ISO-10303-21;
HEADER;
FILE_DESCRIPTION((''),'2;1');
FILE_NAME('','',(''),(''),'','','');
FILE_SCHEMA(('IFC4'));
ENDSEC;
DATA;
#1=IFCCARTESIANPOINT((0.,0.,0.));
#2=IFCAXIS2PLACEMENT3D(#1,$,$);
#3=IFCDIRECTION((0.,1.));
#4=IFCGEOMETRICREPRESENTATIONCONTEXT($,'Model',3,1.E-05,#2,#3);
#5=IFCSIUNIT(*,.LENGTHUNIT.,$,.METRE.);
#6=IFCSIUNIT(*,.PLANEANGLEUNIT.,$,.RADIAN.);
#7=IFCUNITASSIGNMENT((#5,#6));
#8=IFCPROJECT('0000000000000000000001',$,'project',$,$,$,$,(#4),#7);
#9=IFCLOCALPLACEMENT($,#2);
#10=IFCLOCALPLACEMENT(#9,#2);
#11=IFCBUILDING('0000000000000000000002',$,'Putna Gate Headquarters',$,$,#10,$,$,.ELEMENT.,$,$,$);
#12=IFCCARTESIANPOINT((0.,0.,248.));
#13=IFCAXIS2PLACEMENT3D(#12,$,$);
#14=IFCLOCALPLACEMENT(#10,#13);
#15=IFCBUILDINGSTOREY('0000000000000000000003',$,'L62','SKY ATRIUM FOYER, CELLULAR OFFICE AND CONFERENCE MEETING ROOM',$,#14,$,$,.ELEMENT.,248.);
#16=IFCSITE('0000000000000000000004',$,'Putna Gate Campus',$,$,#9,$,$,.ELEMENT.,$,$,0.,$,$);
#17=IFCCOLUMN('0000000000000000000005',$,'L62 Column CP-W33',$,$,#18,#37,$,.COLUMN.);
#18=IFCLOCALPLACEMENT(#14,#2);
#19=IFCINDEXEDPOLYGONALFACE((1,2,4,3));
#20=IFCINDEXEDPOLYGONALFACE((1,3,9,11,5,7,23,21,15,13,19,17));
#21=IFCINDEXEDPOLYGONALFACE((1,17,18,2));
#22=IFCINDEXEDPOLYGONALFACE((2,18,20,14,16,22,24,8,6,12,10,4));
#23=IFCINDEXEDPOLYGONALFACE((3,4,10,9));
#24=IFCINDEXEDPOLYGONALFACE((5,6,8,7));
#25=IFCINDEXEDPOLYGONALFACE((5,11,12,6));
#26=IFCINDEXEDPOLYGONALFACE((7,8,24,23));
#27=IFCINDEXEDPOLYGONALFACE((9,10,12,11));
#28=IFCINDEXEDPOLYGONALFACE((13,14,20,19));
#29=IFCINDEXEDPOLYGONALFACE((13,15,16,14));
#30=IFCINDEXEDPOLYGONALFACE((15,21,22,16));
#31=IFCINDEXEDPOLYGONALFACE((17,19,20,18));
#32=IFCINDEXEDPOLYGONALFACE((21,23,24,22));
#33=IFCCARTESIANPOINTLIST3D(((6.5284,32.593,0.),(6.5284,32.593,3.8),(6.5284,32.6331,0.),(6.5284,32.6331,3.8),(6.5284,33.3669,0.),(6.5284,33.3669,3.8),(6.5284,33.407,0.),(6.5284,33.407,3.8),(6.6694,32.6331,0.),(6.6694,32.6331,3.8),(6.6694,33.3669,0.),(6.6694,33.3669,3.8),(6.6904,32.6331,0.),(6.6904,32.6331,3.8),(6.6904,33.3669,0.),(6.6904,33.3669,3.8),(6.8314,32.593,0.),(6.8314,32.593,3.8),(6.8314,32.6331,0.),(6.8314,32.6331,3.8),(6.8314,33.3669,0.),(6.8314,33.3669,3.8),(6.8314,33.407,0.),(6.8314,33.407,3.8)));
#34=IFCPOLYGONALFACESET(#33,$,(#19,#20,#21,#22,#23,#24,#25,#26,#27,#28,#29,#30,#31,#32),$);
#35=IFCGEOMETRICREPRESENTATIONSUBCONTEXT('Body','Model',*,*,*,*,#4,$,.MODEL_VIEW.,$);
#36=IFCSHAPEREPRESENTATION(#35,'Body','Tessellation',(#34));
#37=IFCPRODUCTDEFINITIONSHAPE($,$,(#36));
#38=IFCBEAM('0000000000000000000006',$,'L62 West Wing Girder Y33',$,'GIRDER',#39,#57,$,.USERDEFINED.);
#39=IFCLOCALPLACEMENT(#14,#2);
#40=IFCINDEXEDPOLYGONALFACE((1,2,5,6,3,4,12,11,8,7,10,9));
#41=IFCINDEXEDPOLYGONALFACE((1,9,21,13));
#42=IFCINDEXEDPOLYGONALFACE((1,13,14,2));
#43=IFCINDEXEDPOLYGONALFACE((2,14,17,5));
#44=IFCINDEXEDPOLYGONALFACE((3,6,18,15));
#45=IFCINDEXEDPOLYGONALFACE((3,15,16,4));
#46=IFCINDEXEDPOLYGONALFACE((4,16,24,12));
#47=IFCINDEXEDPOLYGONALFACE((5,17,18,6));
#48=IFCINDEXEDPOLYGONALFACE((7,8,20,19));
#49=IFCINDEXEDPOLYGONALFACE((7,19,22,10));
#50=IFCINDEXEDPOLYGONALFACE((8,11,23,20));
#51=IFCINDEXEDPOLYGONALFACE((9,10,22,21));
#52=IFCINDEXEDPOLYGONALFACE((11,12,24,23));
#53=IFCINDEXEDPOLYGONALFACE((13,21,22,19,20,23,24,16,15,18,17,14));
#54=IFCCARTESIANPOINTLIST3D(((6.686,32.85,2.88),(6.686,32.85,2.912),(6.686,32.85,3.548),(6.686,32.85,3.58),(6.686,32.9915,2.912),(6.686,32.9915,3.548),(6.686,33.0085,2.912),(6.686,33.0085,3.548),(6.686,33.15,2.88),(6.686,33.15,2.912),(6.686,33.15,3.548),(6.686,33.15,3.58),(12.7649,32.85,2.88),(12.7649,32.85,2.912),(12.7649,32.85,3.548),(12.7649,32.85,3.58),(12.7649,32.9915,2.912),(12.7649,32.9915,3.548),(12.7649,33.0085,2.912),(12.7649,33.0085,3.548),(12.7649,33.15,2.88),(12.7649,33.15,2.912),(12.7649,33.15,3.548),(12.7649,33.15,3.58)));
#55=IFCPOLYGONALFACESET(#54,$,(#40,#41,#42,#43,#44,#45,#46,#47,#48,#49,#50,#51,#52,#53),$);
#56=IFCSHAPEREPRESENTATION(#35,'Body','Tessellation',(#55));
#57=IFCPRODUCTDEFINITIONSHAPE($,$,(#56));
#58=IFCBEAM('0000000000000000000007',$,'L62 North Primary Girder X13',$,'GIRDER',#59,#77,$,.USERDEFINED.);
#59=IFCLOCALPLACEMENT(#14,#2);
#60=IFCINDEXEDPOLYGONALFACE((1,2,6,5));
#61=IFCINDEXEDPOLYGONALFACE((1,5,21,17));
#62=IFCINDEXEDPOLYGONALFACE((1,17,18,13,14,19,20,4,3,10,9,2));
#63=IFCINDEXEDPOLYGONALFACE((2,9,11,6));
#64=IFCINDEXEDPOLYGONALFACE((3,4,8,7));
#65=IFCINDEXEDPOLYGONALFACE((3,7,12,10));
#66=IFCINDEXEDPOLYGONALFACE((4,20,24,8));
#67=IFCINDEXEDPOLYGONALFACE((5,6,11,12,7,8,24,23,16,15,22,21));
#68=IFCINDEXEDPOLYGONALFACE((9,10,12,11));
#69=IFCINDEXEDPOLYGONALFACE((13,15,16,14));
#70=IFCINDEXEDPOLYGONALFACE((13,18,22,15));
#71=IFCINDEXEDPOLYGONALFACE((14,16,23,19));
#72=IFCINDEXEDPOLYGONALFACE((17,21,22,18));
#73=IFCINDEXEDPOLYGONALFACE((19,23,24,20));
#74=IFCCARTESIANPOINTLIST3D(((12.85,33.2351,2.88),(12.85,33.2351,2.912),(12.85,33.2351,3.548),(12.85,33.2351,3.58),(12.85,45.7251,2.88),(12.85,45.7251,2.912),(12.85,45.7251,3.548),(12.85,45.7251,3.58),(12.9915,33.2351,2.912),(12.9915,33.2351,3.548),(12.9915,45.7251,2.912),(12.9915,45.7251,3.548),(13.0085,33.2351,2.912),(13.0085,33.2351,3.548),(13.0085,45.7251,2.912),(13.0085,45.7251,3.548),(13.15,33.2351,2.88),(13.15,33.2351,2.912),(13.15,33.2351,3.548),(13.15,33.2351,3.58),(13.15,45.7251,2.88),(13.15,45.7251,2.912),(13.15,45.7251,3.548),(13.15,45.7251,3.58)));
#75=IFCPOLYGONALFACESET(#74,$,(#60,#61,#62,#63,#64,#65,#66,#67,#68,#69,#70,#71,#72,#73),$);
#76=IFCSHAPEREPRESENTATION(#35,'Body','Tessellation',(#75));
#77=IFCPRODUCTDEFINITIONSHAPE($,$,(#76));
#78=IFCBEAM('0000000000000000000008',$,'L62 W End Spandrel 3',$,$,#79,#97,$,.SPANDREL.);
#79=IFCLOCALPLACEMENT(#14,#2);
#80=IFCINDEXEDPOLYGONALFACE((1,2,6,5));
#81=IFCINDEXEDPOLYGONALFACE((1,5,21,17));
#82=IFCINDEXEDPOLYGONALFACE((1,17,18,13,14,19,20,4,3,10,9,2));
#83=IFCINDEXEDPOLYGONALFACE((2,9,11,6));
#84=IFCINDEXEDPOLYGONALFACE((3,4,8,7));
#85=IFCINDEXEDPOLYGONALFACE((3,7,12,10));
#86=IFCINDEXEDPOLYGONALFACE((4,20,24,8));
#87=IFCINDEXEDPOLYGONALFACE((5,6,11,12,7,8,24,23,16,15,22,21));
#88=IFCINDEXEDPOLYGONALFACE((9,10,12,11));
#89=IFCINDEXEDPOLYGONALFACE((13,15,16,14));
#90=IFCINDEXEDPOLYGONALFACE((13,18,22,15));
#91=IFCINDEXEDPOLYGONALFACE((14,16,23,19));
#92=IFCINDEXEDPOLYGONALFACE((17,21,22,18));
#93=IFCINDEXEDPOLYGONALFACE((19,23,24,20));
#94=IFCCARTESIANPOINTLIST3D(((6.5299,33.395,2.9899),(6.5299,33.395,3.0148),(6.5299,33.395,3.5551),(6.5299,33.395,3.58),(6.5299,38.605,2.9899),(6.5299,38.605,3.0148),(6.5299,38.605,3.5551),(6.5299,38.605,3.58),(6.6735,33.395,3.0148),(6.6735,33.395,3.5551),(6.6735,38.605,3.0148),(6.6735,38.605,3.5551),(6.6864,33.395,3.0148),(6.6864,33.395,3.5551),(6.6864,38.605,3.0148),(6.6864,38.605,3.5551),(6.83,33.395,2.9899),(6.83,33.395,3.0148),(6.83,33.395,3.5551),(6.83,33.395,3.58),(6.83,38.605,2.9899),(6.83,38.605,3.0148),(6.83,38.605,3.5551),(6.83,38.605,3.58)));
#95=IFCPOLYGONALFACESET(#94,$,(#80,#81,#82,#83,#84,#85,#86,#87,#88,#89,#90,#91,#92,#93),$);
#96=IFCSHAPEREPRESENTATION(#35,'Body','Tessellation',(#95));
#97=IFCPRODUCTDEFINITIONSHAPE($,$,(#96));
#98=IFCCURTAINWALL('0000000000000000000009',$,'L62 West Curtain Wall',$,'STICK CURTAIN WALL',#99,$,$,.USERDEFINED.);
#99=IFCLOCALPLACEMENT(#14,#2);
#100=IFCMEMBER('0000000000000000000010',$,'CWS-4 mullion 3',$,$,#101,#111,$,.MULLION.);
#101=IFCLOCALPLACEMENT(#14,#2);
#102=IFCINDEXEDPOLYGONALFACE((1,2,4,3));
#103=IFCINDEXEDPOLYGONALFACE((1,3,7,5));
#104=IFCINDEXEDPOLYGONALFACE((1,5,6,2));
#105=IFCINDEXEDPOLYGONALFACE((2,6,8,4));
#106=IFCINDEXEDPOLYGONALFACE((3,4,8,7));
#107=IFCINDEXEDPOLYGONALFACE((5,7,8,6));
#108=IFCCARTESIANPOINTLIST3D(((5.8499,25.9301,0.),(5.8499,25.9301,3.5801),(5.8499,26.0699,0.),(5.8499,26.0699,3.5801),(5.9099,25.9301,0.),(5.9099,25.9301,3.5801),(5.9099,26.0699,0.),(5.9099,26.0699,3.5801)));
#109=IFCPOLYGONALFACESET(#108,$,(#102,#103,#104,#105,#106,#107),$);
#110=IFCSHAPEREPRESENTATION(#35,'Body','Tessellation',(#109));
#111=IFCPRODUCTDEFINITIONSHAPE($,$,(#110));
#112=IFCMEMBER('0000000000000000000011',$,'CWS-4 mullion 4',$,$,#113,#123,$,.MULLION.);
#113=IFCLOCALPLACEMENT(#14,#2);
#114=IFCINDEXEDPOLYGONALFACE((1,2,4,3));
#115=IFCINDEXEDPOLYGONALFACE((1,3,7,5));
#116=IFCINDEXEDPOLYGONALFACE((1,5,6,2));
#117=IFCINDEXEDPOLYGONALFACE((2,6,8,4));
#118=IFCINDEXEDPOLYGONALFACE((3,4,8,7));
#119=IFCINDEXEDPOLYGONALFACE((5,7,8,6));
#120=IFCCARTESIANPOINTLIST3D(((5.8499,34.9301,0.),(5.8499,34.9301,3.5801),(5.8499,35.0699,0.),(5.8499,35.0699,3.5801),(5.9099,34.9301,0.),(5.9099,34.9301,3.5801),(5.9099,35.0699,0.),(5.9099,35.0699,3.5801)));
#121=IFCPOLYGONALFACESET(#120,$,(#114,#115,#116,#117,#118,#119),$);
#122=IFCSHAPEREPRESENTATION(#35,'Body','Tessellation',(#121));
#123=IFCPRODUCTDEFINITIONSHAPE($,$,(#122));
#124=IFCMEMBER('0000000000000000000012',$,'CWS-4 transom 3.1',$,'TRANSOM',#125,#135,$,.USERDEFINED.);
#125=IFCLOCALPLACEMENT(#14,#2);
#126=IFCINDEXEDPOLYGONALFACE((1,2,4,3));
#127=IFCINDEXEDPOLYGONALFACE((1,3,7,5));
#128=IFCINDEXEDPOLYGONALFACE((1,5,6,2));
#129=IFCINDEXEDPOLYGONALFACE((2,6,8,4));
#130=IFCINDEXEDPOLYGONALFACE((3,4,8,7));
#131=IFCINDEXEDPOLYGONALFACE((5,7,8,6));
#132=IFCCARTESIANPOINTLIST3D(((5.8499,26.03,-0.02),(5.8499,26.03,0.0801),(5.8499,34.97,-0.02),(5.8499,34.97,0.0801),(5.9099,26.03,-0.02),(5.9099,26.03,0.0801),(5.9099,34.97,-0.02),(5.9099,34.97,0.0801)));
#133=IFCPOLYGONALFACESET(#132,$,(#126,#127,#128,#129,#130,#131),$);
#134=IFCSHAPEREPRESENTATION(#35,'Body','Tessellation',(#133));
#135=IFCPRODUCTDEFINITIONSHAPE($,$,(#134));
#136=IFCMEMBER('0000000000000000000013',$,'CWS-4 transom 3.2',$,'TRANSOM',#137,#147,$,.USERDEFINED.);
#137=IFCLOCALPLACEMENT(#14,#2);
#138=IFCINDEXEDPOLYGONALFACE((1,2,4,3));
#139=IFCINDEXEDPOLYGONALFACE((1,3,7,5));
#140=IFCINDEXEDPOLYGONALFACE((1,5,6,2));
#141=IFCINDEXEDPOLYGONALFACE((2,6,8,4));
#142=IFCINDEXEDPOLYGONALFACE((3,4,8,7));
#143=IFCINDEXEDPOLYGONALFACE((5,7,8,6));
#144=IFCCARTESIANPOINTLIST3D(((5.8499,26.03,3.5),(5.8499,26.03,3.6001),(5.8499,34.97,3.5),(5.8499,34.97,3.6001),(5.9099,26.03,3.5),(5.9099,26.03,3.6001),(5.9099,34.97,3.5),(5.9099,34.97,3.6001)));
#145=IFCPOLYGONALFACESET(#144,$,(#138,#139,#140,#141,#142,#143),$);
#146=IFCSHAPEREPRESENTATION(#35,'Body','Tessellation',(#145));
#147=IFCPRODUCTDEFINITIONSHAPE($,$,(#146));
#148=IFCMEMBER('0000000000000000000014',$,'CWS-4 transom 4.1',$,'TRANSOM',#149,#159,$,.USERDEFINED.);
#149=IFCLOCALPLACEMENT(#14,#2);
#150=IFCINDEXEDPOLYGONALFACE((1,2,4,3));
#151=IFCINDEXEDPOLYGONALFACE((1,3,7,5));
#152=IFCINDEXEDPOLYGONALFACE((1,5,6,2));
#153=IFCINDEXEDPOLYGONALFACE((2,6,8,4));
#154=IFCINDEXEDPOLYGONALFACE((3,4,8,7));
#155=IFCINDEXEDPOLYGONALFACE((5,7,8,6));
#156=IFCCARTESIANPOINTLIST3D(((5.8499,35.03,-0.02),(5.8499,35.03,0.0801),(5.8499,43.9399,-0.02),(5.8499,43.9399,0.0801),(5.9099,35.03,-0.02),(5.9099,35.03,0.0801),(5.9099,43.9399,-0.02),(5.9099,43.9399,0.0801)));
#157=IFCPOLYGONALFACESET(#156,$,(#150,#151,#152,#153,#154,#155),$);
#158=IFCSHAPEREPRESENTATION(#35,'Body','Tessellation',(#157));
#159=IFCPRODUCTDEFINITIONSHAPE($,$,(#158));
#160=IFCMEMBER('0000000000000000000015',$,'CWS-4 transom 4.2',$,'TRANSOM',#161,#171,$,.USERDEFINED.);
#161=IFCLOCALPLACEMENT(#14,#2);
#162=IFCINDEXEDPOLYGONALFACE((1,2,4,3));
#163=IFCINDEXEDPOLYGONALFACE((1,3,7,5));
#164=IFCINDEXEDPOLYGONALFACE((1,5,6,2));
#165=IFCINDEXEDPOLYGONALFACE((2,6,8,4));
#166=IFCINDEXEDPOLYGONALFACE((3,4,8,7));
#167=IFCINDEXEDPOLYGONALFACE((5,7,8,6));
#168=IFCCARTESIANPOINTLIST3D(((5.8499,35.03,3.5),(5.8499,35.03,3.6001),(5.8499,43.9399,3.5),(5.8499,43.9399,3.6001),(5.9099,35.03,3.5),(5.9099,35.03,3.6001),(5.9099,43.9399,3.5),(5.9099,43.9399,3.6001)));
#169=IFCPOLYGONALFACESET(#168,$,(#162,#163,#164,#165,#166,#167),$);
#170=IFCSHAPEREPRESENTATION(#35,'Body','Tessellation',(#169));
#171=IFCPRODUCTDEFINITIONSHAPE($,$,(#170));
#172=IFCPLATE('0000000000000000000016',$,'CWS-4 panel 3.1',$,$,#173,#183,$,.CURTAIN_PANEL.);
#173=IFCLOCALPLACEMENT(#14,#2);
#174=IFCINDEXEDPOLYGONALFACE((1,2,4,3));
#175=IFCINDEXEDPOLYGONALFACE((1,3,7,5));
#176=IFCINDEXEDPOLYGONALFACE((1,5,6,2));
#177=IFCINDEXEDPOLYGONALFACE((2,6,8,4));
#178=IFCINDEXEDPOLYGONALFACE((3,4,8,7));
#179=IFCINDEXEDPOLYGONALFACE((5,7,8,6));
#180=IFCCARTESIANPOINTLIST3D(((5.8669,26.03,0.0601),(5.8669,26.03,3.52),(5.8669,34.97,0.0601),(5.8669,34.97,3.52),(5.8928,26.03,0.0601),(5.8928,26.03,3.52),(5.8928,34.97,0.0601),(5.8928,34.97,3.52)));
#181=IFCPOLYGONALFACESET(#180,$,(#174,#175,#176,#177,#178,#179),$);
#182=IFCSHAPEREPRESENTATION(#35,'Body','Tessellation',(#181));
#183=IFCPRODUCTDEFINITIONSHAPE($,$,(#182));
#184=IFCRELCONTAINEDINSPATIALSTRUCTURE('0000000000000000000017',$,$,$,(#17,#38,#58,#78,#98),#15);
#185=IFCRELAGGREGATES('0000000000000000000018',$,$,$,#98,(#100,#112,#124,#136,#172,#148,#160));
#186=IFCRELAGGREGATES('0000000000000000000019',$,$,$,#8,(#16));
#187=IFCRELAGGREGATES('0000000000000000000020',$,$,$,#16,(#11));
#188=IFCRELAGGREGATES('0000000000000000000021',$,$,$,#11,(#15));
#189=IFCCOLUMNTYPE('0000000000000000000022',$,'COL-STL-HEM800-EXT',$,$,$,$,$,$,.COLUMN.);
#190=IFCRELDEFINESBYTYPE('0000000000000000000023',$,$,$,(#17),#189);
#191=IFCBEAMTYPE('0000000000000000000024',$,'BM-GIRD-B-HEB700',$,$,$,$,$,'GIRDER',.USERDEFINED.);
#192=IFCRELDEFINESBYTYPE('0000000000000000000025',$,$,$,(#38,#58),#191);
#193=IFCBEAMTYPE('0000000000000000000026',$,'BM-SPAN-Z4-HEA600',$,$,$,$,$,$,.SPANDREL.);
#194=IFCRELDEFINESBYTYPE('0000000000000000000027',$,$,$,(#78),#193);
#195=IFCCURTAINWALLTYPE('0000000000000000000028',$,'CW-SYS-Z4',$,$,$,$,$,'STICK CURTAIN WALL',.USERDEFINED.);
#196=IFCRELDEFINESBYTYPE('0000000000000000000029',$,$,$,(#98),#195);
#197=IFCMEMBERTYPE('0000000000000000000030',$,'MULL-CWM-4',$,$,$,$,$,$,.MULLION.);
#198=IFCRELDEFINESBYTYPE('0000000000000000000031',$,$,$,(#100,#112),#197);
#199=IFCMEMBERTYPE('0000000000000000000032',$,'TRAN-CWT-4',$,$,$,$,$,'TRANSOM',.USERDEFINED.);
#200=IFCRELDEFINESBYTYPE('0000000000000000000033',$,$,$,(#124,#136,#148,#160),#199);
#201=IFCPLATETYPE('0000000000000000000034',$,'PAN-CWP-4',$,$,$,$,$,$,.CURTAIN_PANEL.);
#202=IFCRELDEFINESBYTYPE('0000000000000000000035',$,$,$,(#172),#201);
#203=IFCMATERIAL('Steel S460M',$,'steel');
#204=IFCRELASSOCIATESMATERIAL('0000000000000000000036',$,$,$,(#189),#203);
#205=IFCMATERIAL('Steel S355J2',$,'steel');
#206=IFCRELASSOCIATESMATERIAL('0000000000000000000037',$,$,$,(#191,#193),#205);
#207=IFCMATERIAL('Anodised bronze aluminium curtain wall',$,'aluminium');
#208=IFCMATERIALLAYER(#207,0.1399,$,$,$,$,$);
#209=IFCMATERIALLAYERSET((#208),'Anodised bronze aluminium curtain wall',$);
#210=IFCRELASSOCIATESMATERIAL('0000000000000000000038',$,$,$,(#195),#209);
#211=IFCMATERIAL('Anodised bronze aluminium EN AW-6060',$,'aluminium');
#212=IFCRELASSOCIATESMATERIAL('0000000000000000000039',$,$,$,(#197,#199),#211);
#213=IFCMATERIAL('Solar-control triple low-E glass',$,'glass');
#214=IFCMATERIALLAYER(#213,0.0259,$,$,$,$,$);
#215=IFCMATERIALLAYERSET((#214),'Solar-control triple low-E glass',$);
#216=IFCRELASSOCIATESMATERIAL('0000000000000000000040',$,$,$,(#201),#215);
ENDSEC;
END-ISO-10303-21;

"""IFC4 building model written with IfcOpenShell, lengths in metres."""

from ifc_helpers import new_model, si_unit, direction, frame, origin, origin_2d, place, context, subcontext, project, spatial, rectangle, i_section, extrude, material, layer, layer_set, material_profile, profile_set, type_object, element, aggregate, save


model = new_model("IFC4")

# Units and contexts
model_context = context("Model", 3, precision=1e-05, world=origin(), true_north=direction((0.0, 1.0)))
body_context = subcontext(model_context, "Body", "Model", "MODEL_VIEW")
ifc_project = project(units=[si_unit("LENGTHUNIT", "METRE"), si_unit("PLANEANGLEUNIT", "RADIAN")], contexts=[model_context])

# Site, building, storey
site_placement = place(None, origin())
site = spatial("IfcSite", under=ifc_project, at=site_placement, Name="Putna Gate Campus", CompositionType="ELEMENT", RefElevation=0.0)
building_placement = place(site_placement, origin())
building = spatial("IfcBuilding", under=site, at=building_placement, Name="Putna Gate Headquarters", CompositionType="ELEMENT")
storey_placement = place(building_placement, frame((0.0, 0.0, 248.0)))
storey = spatial("IfcBuildingStorey", under=building, at=storey_placement, Name="L62", Description="SKY ATRIUM FOYER, CELLULAR OFFICE AND CONFERENCE MEETING ROOM", CompositionType="ELEMENT", Elevation=248.0)

# Column
ifc_material_1 = material(Name="Steel S460M", Category="steel")
ifc_material_profile_1 = material_profile(ifc_material_1, i_section(OverallWidth=0.303, OverallDepth=0.814, WebThickness=0.021, FlangeThickness=0.04, at=origin_2d()), Name="Steel S460M")
ifc_profile_set_1 = profile_set([ifc_material_profile_1], Name="Steel S460M")
column_type = type_object("IfcColumnType", Name="COL-STL-HEM800-EXT", PredefinedType="COLUMN", material=ifc_profile_set_1)
column_placement = place(storey_placement, frame((6.6799, 33.0, 0.0), z_axis=(0.0, 0.0, 1.0), x_axis=(1.0, 0.0, 0.0)))
element("IfcColumn", 1, at=column_placement, inside=storey, type_object=column_type, Name="L62 Column CP-W33", PredefinedType="COLUMN", context=body_context, shape_type="SweptSolid", body=[
    extrude(i_section(OverallWidth=0.303, OverallDepth=0.814, WebThickness=0.021, FlangeThickness=0.04, at=origin_2d()), origin(), (0.0, 0.0, 1.0), 3.8),
])

# Beams
ifc_material_2 = material(Name="Steel S355J2", Category="steel")
ifc_material_profile_2 = material_profile(ifc_material_2, i_section(OverallWidth=0.3, OverallDepth=0.7, WebThickness=0.0171, FlangeThickness=0.032, at=origin_2d()), Name="Steel S355J2")
ifc_profile_set_2 = profile_set([ifc_material_profile_2], Name="Steel S355J2")
beam_type_1 = type_object("IfcBeamType", Name="BM-GIRD-B-HEB700", ElementType="GIRDER", PredefinedType="USERDEFINED", material=ifc_profile_set_2)
beam_1_placement = place(storey_placement, frame((6.686, 33.0, 3.23), z_axis=(1.0, 0.0, 0.0), x_axis=(0.0, 1.0, 0.0)))
element("IfcBeam", 2, at=beam_1_placement, inside=storey, type_object=beam_type_1, Name="L62 West Wing Girder Y33", ObjectType="GIRDER", PredefinedType="USERDEFINED", context=body_context, shape_type="SweptSolid", body=[
    extrude(i_section(OverallWidth=0.3, OverallDepth=0.7, WebThickness=0.0171, FlangeThickness=0.032, at=origin_2d()), origin(), (0.0, 0.0, 1.0), 6.0789),
])
beam_2_placement = place(storey_placement, frame((13.0, 33.2351, 3.23), z_axis=(0.0, 1.0, 0.0), x_axis=(-1.0, 0.0, 0.0)))
element("IfcBeam", 3, at=beam_2_placement, inside=storey, type_object=beam_type_1, Name="L62 North Primary Girder X13", ObjectType="GIRDER", PredefinedType="USERDEFINED", context=body_context, shape_type="SweptSolid", body=[
    extrude(i_section(OverallWidth=0.3, OverallDepth=0.7, WebThickness=0.0171, FlangeThickness=0.032, at=origin_2d()), origin(), (0.0, 0.0, 1.0), 12.49),
])
ifc_material_profile_3 = material_profile(ifc_material_2, i_section(OverallWidth=0.3, OverallDepth=0.5901, WebThickness=0.0129, FlangeThickness=0.0249, at=origin_2d()), Name="Steel S355J2")
ifc_profile_set_3 = profile_set([ifc_material_profile_3], Name="Steel S355J2")
beam_type_2 = type_object("IfcBeamType", Name="BM-SPAN-Z4-HEA600", PredefinedType="SPANDREL", material=ifc_profile_set_3)
beam_3_placement = place(storey_placement, frame((6.6799, 33.395, 3.2849), z_axis=(0.0, 1.0, 0.0), x_axis=(-1.0, 0.0, 0.0)))
element("IfcBeam", 4, at=beam_3_placement, inside=storey, type_object=beam_type_2, Name="L62 W End Spandrel 3", PredefinedType="SPANDREL", context=body_context, shape_type="SweptSolid", body=[
    extrude(i_section(OverallWidth=0.3, OverallDepth=0.5901, WebThickness=0.0129, FlangeThickness=0.0249, at=origin_2d()), origin(), (0.0, 0.0, 1.0), 5.21),
])

# Curtain wall, members, plate
ifc_material_3 = material(Name="Anodised bronze aluminium curtain wall", Category="aluminium")
ifc_layer_1 = layer(ifc_material_3, 0.1399)
ifc_layer_set_1 = layer_set([ifc_layer_1], Name="Anodised bronze aluminium curtain wall")
curtain_wall_type = type_object("IfcCurtainWallType", Name="CW-SYS-Z4", ElementType="STICK CURTAIN WALL", PredefinedType="USERDEFINED", material=ifc_layer_set_1)
curtain_wall_placement = place(storey_placement, origin())
curtain_wall = element("IfcCurtainWall", 5, at=curtain_wall_placement, inside=storey, type_object=curtain_wall_type, Name="L62 West Curtain Wall", ObjectType="STICK CURTAIN WALL", PredefinedType="USERDEFINED")
ifc_material_4 = material(Name="Anodised bronze aluminium EN AW-6060", Category="aluminium")
ifc_material_profile_4 = material_profile(ifc_material_4, rectangle(XDim=0.0601, YDim=0.1399, at=origin_2d()), Name="Anodised bronze aluminium EN AW-6060")
ifc_profile_set_4 = profile_set([ifc_material_profile_4], Name="Anodised bronze aluminium EN AW-6060")
member_type_1 = type_object("IfcMemberType", Name="MULL-CWM-4", PredefinedType="MULLION", material=ifc_profile_set_4)
member_1_placement = place(storey_placement, frame((5.8799, 26.0, 0.0), z_axis=(0.0, 0.0, 1.0), x_axis=(-1.0, 0.0, 0.0)))
member_1 = element("IfcMember", 6, at=member_1_placement, type_object=member_type_1, Name="CWS-4 mullion 3", PredefinedType="MULLION", context=body_context, shape_type="SweptSolid", body=[
    extrude(rectangle(XDim=0.0601, YDim=0.1399, at=origin_2d()), origin(), (0.0, 0.0, 1.0), 3.5801),
])
member_2_placement = place(storey_placement, frame((5.8799, 35.0, 0.0), z_axis=(0.0, 0.0, 1.0), x_axis=(-1.0, 0.0, 0.0)))
member_2 = element("IfcMember", 7, at=member_2_placement, type_object=member_type_1, Name="CWS-4 mullion 4", PredefinedType="MULLION", context=body_context, shape_type="SweptSolid", body=[
    extrude(rectangle(XDim=0.0601, YDim=0.1399, at=origin_2d()), origin(), (0.0, 0.0, 1.0), 3.5801),
])
ifc_material_profile_5 = material_profile(ifc_material_4, rectangle(XDim=0.0601, YDim=0.1001, at=origin_2d()), Name="Anodised bronze aluminium EN AW-6060")
ifc_profile_set_5 = profile_set([ifc_material_profile_5], Name="Anodised bronze aluminium EN AW-6060")
member_type_2 = type_object("IfcMemberType", Name="TRAN-CWT-4", ElementType="TRANSOM", PredefinedType="USERDEFINED", material=ifc_profile_set_5)
member_3_placement = place(storey_placement, frame((5.8799, 26.03, 0.03), z_axis=(0.0, 1.0, 0.0), x_axis=(-1.0, 0.0, 0.0)))
member_3 = element("IfcMember", 8, at=member_3_placement, type_object=member_type_2, Name="CWS-4 transom 3.1", ObjectType="TRANSOM", PredefinedType="USERDEFINED", context=body_context, shape_type="SweptSolid", body=[
    extrude(rectangle(XDim=0.0601, YDim=0.1001, at=origin_2d()), origin(), (0.0, 0.0, 1.0), 8.9399),
])
member_4_placement = place(storey_placement, frame((5.8799, 26.03, 3.55), z_axis=(0.0, 1.0, 0.0), x_axis=(-1.0, 0.0, 0.0)))
member_4 = element("IfcMember", 9, at=member_4_placement, type_object=member_type_2, Name="CWS-4 transom 3.2", ObjectType="TRANSOM", PredefinedType="USERDEFINED", context=body_context, shape_type="SweptSolid", body=[
    extrude(rectangle(XDim=0.0601, YDim=0.1001, at=origin_2d()), origin(), (0.0, 0.0, 1.0), 8.9399),
])
member_5_placement = place(storey_placement, frame((5.8799, 35.03, 0.03), z_axis=(0.0, 1.0, 0.0), x_axis=(-1.0, 0.0, 0.0)))
member_5 = element("IfcMember", 10, at=member_5_placement, type_object=member_type_2, Name="CWS-4 transom 4.1", ObjectType="TRANSOM", PredefinedType="USERDEFINED", context=body_context, shape_type="SweptSolid", body=[
    extrude(rectangle(XDim=0.0601, YDim=0.1001, at=origin_2d()), origin(), (0.0, 0.0, 1.0), 8.9099),
])
member_6_placement = place(storey_placement, frame((5.8799, 35.03, 3.55), z_axis=(0.0, 1.0, 0.0), x_axis=(-1.0, 0.0, 0.0)))
member_6 = element("IfcMember", 11, at=member_6_placement, type_object=member_type_2, Name="CWS-4 transom 4.2", ObjectType="TRANSOM", PredefinedType="USERDEFINED", context=body_context, shape_type="SweptSolid", body=[
    extrude(rectangle(XDim=0.0601, YDim=0.1001, at=origin_2d()), origin(), (0.0, 0.0, 1.0), 8.9099),
])
ifc_material_5 = material(Name="Solar-control triple low-E glass", Category="glass")
ifc_layer_2 = layer(ifc_material_5, 0.0259)
ifc_layer_set_2 = layer_set([ifc_layer_2], Name="Solar-control triple low-E glass")
plate_type = type_object("IfcPlateType", Name="PAN-CWP-4", PredefinedType="CURTAIN_PANEL", material=ifc_layer_set_2)
plate_placement = place(storey_placement, frame((5.8799, 30.5, 0.0601), z_axis=(0.0, 0.0, 1.0), x_axis=(0.0, 1.0, 0.0)))
plate = element("IfcPlate", 12, at=plate_placement, type_object=plate_type, Name="CWS-4 panel 3.1", PredefinedType="CURTAIN_PANEL", context=body_context, shape_type="SweptSolid", body=[
    extrude(rectangle(XDim=8.9399, YDim=0.0259, at=origin_2d()), origin(), (0.0, 0.0, 1.0), 3.46),
])
aggregate(curtain_wall, [member_1, member_2, member_3, member_4, plate, member_5, member_6])

save(model, "model.ifc")
